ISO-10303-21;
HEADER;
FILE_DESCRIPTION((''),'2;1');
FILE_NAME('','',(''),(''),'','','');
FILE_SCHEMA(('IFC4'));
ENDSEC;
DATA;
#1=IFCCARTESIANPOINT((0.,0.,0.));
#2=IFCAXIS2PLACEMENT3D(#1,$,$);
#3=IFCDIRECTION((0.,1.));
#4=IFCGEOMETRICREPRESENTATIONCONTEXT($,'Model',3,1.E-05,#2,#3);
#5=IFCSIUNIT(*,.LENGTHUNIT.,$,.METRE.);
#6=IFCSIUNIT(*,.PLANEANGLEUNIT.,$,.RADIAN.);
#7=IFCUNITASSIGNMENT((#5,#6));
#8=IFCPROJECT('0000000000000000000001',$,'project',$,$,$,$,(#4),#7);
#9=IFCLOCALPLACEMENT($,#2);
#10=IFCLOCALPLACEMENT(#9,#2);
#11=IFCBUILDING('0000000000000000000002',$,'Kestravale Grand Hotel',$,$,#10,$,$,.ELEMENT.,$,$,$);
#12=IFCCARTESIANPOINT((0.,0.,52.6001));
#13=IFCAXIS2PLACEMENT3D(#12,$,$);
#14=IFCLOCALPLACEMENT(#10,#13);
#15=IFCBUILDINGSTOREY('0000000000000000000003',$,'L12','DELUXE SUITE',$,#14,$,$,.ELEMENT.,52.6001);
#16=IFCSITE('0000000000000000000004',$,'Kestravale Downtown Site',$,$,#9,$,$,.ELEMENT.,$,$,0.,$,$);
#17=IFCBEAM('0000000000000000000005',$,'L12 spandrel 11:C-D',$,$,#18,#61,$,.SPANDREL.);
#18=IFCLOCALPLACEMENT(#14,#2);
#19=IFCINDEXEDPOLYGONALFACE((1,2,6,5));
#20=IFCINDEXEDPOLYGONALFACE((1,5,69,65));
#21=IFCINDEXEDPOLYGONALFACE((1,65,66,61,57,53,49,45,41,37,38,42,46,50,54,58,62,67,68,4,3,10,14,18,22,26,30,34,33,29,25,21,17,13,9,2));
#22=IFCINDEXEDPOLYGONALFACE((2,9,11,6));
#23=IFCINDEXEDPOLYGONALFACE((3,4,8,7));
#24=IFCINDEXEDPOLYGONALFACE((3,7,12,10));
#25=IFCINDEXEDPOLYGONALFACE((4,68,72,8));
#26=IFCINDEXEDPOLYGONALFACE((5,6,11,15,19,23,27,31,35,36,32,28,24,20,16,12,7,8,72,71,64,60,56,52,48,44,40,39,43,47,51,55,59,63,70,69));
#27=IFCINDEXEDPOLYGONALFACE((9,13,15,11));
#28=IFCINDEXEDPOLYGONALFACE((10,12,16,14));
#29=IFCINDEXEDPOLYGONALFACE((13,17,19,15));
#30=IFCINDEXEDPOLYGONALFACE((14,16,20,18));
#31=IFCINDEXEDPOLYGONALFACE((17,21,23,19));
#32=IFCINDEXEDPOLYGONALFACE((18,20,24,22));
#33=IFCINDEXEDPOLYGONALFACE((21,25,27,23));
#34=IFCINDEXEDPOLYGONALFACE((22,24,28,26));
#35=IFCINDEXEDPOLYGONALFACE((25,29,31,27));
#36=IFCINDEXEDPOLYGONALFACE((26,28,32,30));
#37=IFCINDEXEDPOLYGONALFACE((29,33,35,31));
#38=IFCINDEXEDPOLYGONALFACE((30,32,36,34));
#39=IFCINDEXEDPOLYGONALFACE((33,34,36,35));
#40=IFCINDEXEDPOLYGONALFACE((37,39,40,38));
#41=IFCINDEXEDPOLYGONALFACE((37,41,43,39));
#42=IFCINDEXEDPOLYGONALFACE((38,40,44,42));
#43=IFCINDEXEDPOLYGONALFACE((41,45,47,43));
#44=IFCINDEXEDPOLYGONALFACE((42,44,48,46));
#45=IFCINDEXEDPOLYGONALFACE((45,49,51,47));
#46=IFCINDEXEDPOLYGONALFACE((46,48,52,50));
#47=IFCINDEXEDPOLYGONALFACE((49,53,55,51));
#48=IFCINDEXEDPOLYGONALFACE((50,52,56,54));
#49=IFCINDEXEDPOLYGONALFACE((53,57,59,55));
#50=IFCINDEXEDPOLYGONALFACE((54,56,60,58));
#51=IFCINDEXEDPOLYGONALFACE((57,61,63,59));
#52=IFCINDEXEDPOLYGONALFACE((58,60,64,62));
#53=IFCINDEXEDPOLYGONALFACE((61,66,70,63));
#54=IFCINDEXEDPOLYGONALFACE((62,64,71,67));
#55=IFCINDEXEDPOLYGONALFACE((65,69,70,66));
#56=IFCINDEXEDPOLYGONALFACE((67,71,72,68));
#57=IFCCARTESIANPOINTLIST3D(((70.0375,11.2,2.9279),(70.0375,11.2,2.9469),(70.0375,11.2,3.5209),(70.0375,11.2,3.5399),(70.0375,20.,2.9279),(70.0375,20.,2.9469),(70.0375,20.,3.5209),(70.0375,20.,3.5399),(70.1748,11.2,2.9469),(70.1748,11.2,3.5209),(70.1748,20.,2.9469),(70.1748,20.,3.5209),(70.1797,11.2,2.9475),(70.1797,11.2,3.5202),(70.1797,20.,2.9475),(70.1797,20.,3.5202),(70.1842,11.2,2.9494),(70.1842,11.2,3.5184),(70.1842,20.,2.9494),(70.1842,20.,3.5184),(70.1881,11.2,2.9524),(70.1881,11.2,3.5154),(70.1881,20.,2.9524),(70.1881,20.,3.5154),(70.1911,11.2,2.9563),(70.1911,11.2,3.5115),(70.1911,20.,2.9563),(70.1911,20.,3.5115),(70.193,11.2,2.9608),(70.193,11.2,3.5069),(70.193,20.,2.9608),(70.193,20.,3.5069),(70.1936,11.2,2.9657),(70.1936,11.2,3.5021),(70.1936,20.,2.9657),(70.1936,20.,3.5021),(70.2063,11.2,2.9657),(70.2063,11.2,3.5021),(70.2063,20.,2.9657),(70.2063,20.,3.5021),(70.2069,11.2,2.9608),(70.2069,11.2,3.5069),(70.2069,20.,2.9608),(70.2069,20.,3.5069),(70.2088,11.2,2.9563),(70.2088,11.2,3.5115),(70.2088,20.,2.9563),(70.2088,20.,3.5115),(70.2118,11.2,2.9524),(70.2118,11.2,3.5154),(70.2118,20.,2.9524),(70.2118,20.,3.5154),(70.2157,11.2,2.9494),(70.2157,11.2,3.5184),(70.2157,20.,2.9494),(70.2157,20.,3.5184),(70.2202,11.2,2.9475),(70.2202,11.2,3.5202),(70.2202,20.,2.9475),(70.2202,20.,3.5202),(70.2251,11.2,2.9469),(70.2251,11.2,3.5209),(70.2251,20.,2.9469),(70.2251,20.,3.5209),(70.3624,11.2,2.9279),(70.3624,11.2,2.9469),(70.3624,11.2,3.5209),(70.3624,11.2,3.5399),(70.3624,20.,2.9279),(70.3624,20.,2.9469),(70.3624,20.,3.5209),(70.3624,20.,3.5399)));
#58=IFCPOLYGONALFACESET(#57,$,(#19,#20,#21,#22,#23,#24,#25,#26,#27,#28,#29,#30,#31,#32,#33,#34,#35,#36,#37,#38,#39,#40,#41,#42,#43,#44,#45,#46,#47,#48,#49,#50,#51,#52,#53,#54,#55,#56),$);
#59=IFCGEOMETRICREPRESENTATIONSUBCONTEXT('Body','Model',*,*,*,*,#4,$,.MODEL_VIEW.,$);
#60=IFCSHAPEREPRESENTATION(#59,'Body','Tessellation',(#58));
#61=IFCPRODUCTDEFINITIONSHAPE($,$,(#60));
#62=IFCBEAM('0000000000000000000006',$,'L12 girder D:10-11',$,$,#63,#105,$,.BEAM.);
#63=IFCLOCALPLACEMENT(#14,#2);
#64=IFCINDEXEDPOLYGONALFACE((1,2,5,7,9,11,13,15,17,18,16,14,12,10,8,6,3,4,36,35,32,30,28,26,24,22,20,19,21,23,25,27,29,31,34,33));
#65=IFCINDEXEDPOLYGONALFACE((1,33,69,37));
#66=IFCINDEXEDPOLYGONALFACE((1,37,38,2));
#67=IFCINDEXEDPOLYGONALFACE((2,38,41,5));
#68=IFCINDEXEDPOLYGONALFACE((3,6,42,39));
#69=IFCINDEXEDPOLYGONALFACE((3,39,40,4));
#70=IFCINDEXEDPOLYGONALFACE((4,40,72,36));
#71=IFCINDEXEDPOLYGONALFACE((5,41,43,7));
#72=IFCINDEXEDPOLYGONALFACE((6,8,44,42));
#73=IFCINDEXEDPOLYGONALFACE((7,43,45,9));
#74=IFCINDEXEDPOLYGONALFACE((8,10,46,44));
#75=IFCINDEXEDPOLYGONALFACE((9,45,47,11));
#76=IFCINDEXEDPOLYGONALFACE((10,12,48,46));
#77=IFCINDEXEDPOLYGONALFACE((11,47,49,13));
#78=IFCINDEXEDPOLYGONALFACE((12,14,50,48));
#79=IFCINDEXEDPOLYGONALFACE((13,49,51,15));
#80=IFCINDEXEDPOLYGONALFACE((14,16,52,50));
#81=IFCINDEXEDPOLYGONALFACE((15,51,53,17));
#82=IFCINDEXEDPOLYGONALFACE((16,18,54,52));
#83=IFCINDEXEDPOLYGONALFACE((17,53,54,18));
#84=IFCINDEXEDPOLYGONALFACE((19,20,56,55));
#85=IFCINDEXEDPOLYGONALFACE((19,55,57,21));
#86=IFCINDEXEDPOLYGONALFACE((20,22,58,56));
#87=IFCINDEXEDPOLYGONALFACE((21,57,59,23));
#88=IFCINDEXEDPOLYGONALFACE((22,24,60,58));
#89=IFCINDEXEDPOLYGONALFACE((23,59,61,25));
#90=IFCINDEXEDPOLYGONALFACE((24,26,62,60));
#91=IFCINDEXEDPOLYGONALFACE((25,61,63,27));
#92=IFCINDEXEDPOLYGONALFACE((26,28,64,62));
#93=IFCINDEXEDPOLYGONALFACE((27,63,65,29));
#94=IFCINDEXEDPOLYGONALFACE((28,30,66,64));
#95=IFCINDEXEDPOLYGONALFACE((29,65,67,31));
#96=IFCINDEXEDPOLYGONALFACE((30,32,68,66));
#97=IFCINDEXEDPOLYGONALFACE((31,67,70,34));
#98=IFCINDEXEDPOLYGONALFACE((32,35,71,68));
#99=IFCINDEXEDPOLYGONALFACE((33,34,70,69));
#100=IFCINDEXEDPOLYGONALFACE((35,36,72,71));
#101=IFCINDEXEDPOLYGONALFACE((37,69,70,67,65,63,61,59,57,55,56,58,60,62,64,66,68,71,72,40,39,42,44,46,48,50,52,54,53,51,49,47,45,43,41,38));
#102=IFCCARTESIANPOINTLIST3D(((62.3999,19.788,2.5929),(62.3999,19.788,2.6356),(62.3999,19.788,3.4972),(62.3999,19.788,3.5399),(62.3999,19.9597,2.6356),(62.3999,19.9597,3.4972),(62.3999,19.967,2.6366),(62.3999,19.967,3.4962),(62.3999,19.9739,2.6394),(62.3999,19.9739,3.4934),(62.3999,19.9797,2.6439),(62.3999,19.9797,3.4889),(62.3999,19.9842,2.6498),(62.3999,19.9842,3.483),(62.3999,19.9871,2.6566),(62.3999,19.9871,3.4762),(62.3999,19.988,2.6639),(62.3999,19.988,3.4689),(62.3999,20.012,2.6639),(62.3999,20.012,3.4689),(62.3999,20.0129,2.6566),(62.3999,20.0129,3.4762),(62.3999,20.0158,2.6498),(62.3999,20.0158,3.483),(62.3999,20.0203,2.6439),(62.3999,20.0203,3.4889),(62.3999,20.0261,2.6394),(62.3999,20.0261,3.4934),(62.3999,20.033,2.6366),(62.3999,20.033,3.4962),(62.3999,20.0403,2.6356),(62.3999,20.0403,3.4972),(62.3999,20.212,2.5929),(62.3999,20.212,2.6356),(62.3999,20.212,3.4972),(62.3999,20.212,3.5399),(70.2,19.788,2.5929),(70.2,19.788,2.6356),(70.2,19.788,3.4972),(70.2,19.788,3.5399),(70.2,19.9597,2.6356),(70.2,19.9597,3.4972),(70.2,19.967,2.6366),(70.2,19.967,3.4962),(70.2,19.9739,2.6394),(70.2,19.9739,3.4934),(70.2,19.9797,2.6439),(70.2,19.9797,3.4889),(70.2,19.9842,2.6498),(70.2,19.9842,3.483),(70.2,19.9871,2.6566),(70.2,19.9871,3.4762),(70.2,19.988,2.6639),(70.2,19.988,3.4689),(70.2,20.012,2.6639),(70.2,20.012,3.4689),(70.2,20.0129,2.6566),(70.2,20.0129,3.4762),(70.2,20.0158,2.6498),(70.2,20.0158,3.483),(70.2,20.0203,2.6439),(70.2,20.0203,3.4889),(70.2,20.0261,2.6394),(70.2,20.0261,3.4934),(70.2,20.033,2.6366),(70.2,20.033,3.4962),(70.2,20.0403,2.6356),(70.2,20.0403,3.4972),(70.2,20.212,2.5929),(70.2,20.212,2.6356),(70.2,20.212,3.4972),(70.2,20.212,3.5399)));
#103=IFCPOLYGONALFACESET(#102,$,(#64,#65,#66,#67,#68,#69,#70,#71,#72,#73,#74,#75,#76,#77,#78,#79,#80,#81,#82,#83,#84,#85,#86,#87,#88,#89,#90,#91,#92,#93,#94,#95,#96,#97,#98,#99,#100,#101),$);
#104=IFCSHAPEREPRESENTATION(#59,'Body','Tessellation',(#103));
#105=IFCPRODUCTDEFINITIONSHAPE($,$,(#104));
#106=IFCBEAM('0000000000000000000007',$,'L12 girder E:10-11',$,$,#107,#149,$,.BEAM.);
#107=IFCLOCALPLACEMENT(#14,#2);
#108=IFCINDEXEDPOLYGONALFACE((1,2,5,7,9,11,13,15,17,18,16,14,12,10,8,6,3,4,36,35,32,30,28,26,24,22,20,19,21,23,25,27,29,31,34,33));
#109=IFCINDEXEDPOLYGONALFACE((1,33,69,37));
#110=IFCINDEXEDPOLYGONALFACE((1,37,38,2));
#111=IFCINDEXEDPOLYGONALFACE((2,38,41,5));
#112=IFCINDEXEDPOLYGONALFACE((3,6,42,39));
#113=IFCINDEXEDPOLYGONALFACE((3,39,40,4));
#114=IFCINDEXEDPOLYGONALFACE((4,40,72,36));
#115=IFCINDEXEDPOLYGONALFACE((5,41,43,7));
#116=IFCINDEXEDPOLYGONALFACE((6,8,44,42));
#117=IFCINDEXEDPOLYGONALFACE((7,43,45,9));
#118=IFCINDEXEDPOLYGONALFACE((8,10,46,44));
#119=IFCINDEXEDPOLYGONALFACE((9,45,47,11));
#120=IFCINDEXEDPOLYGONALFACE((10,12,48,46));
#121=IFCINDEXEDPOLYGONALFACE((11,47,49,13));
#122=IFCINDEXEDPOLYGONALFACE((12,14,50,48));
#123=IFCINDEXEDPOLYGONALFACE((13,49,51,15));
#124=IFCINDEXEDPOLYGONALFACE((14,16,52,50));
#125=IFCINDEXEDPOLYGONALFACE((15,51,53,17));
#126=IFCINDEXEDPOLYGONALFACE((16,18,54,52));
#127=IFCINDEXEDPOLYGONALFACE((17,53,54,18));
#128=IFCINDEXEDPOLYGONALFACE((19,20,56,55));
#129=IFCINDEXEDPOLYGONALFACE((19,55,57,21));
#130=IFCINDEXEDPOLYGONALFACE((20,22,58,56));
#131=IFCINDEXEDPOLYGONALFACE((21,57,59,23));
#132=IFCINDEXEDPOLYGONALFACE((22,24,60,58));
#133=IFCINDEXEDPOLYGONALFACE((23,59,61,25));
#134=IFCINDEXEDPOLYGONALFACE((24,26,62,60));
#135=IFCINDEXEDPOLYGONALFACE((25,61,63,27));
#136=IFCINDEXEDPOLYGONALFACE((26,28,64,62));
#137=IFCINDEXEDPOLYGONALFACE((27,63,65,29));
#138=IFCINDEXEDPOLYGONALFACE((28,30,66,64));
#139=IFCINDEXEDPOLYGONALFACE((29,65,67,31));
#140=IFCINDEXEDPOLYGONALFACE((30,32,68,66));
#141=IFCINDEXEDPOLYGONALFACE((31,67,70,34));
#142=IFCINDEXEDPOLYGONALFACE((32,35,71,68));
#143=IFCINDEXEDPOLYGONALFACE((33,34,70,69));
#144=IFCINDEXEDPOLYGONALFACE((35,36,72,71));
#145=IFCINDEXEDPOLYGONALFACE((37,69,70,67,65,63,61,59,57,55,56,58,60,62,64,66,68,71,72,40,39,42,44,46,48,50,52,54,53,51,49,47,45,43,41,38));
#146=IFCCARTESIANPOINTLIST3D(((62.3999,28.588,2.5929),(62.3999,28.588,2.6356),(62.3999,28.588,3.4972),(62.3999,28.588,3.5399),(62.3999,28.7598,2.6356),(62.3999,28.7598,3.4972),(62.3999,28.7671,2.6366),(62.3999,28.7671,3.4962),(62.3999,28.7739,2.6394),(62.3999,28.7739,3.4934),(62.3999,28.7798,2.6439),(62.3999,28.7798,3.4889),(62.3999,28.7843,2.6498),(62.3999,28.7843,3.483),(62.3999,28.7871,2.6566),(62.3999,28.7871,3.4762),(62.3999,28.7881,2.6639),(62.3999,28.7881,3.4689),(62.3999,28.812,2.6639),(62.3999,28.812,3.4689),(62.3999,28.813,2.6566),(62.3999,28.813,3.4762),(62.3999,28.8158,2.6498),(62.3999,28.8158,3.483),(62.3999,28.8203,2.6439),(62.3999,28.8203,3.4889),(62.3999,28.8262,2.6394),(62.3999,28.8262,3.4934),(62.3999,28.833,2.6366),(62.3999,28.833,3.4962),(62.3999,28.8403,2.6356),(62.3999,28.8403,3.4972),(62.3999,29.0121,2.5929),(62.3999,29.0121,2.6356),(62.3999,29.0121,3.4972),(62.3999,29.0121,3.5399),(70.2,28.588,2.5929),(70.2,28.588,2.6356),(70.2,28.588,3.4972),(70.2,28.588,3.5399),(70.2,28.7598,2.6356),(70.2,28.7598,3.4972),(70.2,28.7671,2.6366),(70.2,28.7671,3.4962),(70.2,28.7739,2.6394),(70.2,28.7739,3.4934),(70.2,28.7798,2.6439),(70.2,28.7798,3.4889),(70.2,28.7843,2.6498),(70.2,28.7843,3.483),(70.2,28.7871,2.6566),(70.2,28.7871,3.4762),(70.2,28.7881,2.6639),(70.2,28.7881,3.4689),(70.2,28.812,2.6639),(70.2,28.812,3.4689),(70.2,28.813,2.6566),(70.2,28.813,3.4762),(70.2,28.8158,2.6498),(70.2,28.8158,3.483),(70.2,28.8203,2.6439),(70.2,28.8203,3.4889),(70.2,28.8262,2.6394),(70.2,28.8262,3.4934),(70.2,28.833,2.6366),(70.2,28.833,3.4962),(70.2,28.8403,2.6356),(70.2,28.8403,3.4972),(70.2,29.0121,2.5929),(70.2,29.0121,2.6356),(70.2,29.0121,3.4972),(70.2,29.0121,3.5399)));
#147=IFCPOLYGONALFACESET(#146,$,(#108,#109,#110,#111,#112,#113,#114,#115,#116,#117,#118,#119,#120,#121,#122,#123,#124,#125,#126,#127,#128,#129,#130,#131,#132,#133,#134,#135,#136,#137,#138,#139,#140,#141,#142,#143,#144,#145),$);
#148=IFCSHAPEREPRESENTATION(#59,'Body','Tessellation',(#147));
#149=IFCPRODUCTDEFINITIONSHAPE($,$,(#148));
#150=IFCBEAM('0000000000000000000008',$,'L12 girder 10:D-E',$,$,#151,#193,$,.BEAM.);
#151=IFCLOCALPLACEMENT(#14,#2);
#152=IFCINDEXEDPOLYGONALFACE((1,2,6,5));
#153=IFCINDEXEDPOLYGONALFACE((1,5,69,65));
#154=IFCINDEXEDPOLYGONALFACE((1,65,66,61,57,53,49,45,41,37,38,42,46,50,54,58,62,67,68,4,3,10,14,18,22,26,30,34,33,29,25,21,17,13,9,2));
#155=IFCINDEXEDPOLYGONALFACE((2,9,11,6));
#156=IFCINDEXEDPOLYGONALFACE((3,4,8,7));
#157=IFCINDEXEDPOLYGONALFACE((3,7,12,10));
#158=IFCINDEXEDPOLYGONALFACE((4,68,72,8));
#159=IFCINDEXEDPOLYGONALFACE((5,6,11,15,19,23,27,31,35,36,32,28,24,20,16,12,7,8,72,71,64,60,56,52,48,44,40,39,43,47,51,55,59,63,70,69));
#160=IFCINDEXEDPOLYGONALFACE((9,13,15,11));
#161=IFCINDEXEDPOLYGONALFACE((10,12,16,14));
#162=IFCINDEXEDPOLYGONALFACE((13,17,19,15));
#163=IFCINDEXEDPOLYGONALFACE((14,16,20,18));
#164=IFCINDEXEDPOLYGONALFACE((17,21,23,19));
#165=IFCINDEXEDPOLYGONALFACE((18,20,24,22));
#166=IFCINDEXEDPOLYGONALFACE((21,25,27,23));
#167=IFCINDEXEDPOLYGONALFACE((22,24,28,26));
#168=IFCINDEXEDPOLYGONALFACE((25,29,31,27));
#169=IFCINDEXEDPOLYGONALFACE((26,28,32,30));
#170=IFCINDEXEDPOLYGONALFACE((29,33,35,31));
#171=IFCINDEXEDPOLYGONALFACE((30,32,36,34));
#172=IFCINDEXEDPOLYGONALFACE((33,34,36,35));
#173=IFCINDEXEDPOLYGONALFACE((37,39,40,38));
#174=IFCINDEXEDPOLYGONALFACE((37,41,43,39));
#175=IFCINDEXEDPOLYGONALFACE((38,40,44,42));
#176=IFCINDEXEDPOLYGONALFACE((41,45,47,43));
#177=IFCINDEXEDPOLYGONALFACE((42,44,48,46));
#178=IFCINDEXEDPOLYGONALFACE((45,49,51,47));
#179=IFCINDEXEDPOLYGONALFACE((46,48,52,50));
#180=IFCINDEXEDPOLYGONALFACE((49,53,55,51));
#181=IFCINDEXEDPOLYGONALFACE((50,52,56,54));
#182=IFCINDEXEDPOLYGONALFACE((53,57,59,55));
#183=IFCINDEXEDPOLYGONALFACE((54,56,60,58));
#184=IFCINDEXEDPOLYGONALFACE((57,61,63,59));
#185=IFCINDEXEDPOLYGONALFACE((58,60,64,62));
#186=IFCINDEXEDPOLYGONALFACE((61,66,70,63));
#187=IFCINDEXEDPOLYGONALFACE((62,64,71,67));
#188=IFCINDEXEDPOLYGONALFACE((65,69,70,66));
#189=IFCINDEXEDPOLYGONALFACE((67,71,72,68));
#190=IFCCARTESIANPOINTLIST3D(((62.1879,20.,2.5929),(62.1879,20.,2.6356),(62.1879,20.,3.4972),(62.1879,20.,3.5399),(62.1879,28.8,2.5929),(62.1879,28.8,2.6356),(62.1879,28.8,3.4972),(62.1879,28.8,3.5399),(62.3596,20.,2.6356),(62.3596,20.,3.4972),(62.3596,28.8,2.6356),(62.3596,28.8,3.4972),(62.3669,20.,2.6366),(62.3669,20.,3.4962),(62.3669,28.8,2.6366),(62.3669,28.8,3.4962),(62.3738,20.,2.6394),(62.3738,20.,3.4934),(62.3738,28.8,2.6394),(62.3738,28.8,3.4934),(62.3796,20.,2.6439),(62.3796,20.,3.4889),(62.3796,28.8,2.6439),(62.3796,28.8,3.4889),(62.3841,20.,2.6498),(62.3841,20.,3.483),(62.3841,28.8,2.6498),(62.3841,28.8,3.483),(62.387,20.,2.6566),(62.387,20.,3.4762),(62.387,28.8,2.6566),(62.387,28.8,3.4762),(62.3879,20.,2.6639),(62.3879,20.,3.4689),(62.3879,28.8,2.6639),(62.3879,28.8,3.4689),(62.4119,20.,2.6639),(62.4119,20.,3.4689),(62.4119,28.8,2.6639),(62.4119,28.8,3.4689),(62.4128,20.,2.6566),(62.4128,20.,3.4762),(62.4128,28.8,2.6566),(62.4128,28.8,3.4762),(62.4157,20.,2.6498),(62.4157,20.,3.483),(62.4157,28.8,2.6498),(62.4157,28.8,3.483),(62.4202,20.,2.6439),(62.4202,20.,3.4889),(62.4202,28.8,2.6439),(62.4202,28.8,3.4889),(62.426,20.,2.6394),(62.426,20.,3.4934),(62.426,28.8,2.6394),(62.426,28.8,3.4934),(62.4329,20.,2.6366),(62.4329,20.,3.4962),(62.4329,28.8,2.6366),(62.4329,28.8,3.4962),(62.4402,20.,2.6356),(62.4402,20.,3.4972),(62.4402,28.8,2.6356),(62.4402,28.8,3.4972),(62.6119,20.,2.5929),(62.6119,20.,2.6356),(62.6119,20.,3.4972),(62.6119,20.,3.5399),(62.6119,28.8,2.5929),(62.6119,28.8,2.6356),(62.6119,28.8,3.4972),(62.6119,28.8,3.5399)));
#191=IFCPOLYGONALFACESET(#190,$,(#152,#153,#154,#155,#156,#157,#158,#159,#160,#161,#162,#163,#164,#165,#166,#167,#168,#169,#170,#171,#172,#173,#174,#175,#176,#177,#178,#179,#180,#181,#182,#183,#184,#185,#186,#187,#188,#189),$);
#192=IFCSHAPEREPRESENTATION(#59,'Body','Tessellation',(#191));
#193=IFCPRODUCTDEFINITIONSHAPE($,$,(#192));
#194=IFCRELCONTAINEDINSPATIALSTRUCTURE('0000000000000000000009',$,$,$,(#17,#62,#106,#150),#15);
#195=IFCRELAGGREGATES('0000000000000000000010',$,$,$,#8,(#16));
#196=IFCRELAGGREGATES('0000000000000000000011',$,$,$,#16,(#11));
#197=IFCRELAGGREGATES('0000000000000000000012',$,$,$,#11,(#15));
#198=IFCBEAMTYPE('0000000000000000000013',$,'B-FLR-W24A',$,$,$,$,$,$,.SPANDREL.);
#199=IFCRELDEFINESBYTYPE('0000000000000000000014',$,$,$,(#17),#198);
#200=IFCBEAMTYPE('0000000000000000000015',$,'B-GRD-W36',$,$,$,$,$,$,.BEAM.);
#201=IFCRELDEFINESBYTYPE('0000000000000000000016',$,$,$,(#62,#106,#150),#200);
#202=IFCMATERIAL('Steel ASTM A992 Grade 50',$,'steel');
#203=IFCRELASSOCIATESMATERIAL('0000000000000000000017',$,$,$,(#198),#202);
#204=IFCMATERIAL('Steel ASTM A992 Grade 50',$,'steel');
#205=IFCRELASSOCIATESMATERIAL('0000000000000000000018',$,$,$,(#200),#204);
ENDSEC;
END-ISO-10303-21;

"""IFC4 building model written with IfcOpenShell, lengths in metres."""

from ifc_helpers import new_model, si_unit, direction, frame, origin, origin_2d, place, context, subcontext, project, spatial, i_section, extrude, material, material_profile, profile_set, type_object, element, save


model = new_model("IFC4")

# Units and contexts
model_context = context("Model", 3, precision=1e-05, world=origin(), true_north=direction((0.0, 1.0)))
body_context = subcontext(model_context, "Body", "Model", "MODEL_VIEW")
ifc_project = project(units=[si_unit("LENGTHUNIT", "METRE"), si_unit("PLANEANGLEUNIT", "RADIAN")], contexts=[model_context])

# Site, building, storey
site_placement = place(None, origin())
site = spatial("IfcSite", under=ifc_project, at=site_placement, Name="Kestravale Downtown Site", CompositionType="ELEMENT", RefElevation=0.0)
building_placement = place(site_placement, origin())
building = spatial("IfcBuilding", under=site, at=building_placement, Name="Kestravale Grand Hotel", CompositionType="ELEMENT")
storey_placement = place(building_placement, frame((0.0, 0.0, 52.6001)))
storey = spatial("IfcBuildingStorey", under=building, at=storey_placement, Name="L12", Description="DELUXE SUITE", CompositionType="ELEMENT", Elevation=52.6001)

# Beams
ifc_material_1 = material(Name="Steel ASTM A992 Grade 50", Category="steel")
ifc_material_profile_1 = material_profile(ifc_material_1, i_section(OverallWidth=0.325, OverallDepth=0.6121, WebThickness=0.0127, FlangeThickness=0.019, FilletRadius=0.0188, at=origin_2d()))
ifc_profile_set_1 = profile_set([ifc_material_profile_1], Name="Steel ASTM A992 Grade 50")
beam_type_1 = type_object("IfcBeamType", Name="B-FLR-W24A", PredefinedType="SPANDREL", material=ifc_profile_set_1)
beam_1_placement = place(storey_placement, frame((70.2, 11.2, 3.2339), z_axis=(0.0, 1.0, 0.0), x_axis=(-1.0, 0.0, 0.0)))
element("IfcBeam", 1, at=beam_1_placement, inside=storey, type_object=beam_type_1, Name="L12 spandrel 11:C-D", PredefinedType="SPANDREL", context=body_context, shape_type="SweptSolid", body=[
    extrude(i_section(OverallWidth=0.325, OverallDepth=0.6121, WebThickness=0.0127, FlangeThickness=0.019, FilletRadius=0.0188, at=origin_2d()), origin(), (0.0, 0.0, 1.0), 8.8),
])
ifc_material_2 = material(Name="Steel ASTM A992 Grade 50", Category="steel")
ifc_material_profile_2 = material_profile(ifc_material_2, i_section(OverallWidth=0.4241, OverallDepth=0.947, WebThickness=0.0239, FlangeThickness=0.0427, FilletRadius=0.0283, at=origin_2d()))
ifc_profile_set_2 = profile_set([ifc_material_profile_2], Name="Steel ASTM A992 Grade 50")
beam_type_2 = type_object("IfcBeamType", Name="B-GRD-W36", PredefinedType="BEAM", material=ifc_profile_set_2)
for number, where, z_axis, x_axis, name in (
    (2, (62.3999, 20.0, 3.0664), (1.0, 0.0, 0.0), (0.0, 1.0, 0.0), "L12 girder D:10-11"),
    (3, (62.3999, 28.8, 3.0664), (1.0, 0.0, 0.0), (0.0, 1.0, 0.0), "L12 girder E:10-11"),
):
    element("IfcBeam", number, at=place(storey_placement, frame(where, z_axis=z_axis, x_axis=x_axis)), inside=storey, type_object=beam_type_2, Name=name, PredefinedType="BEAM", context=body_context, shape_type="SweptSolid", body=[
        extrude(i_section(OverallWidth=0.4241, OverallDepth=0.947, WebThickness=0.0239, FlangeThickness=0.0427, FilletRadius=0.0283, at=origin_2d()), origin(), (0.0, 0.0, 1.0), 7.8),
    ])
beam_2_placement = place(storey_placement, frame((62.3999, 20.0, 3.0664), z_axis=(0.0, 1.0, 0.0), x_axis=(-1.0, 0.0, 0.0)))
element("IfcBeam", 4, at=beam_2_placement, inside=storey, type_object=beam_type_2, Name="L12 girder 10:D-E", PredefinedType="BEAM", context=body_context, shape_type="SweptSolid", body=[
    extrude(i_section(OverallWidth=0.4241, OverallDepth=0.947, WebThickness=0.0239, FlangeThickness=0.0427, FilletRadius=0.0283, at=origin_2d()), origin(), (0.0, 0.0, 1.0), 8.8),
])

save(model, "model.ifc")
